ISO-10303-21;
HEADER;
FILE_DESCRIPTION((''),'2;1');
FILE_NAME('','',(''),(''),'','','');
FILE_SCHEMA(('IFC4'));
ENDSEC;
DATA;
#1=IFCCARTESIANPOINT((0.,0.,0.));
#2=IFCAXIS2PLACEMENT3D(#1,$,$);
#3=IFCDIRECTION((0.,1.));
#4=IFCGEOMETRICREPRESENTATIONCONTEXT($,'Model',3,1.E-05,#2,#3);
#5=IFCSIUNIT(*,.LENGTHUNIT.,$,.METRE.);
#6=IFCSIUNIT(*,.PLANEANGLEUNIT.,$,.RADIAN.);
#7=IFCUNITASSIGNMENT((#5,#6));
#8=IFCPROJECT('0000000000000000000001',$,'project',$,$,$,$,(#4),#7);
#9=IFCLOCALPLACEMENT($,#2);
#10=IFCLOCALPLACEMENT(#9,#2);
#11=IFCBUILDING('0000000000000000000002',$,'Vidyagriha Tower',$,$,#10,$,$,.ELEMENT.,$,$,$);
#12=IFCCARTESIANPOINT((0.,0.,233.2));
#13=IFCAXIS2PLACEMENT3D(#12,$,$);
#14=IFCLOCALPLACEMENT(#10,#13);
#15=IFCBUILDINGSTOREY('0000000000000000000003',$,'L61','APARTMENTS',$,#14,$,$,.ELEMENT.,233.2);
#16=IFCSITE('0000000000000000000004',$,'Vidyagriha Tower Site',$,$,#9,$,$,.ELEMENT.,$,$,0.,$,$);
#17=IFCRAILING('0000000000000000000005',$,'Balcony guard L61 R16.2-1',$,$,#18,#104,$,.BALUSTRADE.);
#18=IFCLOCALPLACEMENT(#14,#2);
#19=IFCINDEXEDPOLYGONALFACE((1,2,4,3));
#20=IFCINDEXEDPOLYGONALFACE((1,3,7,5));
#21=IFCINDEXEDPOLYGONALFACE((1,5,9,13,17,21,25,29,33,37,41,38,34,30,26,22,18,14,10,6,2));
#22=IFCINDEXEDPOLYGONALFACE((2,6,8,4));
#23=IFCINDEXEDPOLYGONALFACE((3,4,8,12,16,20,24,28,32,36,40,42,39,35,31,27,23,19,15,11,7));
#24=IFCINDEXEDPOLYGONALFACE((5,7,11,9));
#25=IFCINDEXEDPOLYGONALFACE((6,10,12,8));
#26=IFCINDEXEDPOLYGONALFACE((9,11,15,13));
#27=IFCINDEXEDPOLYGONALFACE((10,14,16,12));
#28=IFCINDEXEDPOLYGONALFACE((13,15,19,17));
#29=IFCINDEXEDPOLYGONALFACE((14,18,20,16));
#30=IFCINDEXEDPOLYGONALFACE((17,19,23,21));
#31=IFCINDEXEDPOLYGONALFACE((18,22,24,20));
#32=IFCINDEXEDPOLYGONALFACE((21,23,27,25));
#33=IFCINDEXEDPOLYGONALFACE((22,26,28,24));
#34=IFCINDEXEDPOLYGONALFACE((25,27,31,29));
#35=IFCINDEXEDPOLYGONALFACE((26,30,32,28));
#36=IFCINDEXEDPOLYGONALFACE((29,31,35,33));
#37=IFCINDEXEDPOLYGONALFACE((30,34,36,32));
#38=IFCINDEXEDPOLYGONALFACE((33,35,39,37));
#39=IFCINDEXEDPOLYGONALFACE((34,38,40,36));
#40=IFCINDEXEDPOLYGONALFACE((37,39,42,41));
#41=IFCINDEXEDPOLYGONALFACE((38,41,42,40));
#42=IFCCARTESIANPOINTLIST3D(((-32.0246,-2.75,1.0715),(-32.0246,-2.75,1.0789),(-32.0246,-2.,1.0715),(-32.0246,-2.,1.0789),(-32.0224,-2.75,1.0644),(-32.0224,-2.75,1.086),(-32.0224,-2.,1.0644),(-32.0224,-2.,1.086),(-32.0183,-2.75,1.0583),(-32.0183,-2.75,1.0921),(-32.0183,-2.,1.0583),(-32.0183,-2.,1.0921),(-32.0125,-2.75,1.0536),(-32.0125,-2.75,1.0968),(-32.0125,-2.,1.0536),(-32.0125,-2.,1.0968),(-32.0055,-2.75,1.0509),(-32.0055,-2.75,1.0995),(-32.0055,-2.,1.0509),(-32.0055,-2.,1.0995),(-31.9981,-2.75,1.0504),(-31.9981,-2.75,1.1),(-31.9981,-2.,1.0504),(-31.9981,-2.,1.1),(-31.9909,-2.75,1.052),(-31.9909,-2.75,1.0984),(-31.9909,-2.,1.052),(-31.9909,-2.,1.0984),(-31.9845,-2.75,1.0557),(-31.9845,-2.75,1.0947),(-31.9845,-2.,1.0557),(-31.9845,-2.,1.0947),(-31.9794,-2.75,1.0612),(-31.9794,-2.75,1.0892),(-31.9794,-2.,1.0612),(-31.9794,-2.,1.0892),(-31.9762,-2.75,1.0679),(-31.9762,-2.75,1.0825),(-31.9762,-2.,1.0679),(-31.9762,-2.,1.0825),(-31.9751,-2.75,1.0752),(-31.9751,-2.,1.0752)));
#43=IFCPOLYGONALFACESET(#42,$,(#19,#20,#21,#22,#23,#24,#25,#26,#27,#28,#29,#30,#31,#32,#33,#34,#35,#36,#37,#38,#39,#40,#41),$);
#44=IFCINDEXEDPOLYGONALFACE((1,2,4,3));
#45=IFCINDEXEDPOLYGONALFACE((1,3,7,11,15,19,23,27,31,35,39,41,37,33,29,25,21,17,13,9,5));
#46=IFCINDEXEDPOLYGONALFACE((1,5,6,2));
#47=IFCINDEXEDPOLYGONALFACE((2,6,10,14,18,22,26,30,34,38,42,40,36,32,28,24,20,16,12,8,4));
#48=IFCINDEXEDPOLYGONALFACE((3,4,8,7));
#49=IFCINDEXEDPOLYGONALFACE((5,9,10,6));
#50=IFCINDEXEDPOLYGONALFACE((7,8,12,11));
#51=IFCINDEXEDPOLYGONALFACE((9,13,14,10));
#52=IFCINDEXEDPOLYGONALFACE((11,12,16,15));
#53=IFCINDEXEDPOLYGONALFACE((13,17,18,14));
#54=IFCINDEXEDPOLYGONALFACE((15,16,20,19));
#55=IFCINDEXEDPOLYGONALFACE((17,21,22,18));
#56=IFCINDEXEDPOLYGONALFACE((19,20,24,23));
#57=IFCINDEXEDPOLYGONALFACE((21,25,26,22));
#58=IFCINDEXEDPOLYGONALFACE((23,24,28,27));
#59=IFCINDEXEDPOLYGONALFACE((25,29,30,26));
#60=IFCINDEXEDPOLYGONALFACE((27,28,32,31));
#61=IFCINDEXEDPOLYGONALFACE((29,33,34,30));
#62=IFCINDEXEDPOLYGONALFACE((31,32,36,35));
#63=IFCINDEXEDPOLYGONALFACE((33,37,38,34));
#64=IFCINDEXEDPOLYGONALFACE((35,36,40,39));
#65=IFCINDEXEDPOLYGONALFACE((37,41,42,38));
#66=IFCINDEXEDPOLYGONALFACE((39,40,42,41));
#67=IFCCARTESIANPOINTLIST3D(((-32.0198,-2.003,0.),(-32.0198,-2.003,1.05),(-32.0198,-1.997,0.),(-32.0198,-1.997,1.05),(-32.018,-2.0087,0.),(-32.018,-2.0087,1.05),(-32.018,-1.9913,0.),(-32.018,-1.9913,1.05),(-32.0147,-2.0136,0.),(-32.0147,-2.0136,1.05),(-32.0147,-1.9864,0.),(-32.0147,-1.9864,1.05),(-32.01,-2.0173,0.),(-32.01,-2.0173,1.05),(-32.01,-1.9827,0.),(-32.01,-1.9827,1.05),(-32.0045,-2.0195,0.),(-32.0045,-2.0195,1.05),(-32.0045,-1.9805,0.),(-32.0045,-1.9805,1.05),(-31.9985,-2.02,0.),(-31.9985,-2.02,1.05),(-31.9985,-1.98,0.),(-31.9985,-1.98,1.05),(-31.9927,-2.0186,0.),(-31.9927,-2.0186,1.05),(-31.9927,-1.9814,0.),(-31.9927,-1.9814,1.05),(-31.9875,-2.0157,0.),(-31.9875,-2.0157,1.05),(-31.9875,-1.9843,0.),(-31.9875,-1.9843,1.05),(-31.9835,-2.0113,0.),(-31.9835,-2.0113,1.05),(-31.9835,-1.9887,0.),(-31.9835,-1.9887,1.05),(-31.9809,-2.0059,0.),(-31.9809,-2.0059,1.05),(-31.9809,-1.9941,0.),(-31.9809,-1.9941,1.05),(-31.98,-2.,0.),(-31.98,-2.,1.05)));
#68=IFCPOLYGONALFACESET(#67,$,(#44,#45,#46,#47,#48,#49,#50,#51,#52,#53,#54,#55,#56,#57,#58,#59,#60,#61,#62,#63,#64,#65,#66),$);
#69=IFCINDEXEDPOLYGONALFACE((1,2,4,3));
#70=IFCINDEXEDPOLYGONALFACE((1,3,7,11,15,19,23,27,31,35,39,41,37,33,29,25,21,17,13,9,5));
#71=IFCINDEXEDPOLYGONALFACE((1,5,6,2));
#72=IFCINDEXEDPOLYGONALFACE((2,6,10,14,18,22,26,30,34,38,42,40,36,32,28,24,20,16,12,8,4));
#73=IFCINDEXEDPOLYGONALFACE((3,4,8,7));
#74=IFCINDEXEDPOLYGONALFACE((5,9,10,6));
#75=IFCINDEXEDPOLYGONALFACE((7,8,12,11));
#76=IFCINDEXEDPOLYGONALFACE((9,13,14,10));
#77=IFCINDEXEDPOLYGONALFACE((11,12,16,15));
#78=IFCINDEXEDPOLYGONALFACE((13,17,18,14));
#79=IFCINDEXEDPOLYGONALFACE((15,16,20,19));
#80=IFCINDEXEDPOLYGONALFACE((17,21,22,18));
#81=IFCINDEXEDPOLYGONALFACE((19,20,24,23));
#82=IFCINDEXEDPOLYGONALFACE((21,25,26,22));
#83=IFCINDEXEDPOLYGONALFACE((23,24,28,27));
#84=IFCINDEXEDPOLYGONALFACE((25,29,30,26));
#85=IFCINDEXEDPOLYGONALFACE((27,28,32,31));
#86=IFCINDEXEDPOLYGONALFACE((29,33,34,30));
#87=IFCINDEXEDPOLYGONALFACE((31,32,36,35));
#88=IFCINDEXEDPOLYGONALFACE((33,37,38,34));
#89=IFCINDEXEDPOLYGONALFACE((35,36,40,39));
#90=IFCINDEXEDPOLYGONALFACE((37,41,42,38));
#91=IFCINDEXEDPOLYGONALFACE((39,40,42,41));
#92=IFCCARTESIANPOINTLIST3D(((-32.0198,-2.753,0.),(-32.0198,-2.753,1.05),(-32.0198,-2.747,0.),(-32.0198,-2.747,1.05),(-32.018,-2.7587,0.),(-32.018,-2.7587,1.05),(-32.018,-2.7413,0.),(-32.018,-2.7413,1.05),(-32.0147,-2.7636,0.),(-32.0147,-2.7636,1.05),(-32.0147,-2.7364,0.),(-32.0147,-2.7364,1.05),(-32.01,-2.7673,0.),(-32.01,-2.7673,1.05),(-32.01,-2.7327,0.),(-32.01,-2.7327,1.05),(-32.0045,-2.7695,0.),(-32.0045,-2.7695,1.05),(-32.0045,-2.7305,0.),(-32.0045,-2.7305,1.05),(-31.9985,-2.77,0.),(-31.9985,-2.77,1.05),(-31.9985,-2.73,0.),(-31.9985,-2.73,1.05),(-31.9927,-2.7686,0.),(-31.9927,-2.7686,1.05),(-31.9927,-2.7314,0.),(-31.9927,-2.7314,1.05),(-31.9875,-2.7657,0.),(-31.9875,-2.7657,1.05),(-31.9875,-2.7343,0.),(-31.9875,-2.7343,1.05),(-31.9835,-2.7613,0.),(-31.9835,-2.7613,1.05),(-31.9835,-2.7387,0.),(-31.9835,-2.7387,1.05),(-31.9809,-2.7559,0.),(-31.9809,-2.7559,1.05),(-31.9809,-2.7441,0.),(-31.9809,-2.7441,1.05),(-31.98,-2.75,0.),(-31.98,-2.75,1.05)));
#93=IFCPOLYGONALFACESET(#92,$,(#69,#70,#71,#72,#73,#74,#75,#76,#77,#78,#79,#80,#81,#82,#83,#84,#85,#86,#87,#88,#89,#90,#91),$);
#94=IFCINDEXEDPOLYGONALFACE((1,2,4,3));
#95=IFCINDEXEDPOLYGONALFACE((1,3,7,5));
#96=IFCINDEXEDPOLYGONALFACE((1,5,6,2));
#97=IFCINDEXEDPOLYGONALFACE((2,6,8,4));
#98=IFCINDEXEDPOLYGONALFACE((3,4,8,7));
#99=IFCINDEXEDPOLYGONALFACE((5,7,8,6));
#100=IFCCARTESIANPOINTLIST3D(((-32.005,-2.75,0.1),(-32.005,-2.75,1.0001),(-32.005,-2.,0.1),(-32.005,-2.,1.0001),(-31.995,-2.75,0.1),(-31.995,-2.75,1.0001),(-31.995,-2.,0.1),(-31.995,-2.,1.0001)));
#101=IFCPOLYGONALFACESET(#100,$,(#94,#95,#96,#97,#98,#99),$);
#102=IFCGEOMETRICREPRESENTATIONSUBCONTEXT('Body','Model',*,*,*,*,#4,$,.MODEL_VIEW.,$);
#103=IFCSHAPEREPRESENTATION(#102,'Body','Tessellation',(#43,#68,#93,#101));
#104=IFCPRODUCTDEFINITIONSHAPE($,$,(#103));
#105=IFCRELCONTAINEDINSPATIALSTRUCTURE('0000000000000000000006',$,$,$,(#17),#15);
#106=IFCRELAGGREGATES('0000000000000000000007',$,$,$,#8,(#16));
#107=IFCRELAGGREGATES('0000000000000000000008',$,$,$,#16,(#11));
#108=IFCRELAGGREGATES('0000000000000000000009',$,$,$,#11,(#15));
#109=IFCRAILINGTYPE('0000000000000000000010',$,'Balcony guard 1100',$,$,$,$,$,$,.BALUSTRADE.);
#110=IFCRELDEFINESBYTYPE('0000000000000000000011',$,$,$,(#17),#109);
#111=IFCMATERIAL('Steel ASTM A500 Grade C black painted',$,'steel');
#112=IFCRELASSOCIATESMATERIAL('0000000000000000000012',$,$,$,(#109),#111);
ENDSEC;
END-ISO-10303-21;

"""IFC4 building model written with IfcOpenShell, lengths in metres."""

from ifc_helpers import new_model, si_unit, direction, frame, origin, origin_2d, place, context, subcontext, project, spatial, rectangle, circle, extrude, material, type_object, element, save


model = new_model("IFC4")

# Units and contexts
model_context = context("Model", 3, precision=1e-05, world=origin(), true_north=direction((0.0, 1.0)))
body_context = subcontext(model_context, "Body", "Model", "MODEL_VIEW")
ifc_project = project(units=[si_unit("LENGTHUNIT", "METRE"), si_unit("PLANEANGLEUNIT", "RADIAN")], contexts=[model_context])

# Site, building, storey
site_placement = place(None, origin())
site = spatial("IfcSite", under=ifc_project, at=site_placement, Name="Vidyagriha Tower Site", CompositionType="ELEMENT", RefElevation=0.0)
building_placement = place(site_placement, origin())
building = spatial("IfcBuilding", under=site, at=building_placement, Name="Vidyagriha Tower", CompositionType="ELEMENT")
storey_placement = place(building_placement, frame((0.0, 0.0, 233.2)))
storey = spatial("IfcBuildingStorey", under=building, at=storey_placement, Name="L61", Description="APARTMENTS", CompositionType="ELEMENT", Elevation=233.2)

# Railing
ifc_material_1 = material(Name="Steel ASTM A500 Grade C black painted", Category="steel")
railing_type_1 = type_object("IfcRailingType", Name="Balcony guard 1100", PredefinedType="BALUSTRADE", material=ifc_material_1)
railing_1_placement = place(storey_placement, frame((-32.0, -2.0, 0.0)))
element("IfcRailing", 1, at=railing_1_placement, inside=storey, type_object=railing_type_1, Name="Balcony guard L61 R16.2-1", PredefinedType="BALUSTRADE", context=body_context, shape_type="SweptSolid", body=[
    extrude(circle(Radius=0.0249, at=origin_2d()), frame((0.0, 0.0, 1.0752), z_axis=(0.0, -1.0, 0.0), x_axis=(1.0, 0.0, 0.0)), (0.0, 0.0, 1.0), 0.75),
    extrude(circle(Radius=0.02, at=origin_2d()), origin(), (0.0, 0.0, 1.0), 1.05),
    extrude(circle(Radius=0.02, at=origin_2d()), frame((0.0, -0.75, 0.0)), (0.0, 0.0, 1.0), 1.05),
    extrude(rectangle(XDim=0.01, YDim=0.9001, at=origin_2d()), frame((0.0, 0.0, 0.55), z_axis=(0.0, -1.0, 0.0), x_axis=(1.0, 0.0, 0.0)), (0.0, 0.0, 1.0), 0.75),
])

save(model, "model.ifc")
